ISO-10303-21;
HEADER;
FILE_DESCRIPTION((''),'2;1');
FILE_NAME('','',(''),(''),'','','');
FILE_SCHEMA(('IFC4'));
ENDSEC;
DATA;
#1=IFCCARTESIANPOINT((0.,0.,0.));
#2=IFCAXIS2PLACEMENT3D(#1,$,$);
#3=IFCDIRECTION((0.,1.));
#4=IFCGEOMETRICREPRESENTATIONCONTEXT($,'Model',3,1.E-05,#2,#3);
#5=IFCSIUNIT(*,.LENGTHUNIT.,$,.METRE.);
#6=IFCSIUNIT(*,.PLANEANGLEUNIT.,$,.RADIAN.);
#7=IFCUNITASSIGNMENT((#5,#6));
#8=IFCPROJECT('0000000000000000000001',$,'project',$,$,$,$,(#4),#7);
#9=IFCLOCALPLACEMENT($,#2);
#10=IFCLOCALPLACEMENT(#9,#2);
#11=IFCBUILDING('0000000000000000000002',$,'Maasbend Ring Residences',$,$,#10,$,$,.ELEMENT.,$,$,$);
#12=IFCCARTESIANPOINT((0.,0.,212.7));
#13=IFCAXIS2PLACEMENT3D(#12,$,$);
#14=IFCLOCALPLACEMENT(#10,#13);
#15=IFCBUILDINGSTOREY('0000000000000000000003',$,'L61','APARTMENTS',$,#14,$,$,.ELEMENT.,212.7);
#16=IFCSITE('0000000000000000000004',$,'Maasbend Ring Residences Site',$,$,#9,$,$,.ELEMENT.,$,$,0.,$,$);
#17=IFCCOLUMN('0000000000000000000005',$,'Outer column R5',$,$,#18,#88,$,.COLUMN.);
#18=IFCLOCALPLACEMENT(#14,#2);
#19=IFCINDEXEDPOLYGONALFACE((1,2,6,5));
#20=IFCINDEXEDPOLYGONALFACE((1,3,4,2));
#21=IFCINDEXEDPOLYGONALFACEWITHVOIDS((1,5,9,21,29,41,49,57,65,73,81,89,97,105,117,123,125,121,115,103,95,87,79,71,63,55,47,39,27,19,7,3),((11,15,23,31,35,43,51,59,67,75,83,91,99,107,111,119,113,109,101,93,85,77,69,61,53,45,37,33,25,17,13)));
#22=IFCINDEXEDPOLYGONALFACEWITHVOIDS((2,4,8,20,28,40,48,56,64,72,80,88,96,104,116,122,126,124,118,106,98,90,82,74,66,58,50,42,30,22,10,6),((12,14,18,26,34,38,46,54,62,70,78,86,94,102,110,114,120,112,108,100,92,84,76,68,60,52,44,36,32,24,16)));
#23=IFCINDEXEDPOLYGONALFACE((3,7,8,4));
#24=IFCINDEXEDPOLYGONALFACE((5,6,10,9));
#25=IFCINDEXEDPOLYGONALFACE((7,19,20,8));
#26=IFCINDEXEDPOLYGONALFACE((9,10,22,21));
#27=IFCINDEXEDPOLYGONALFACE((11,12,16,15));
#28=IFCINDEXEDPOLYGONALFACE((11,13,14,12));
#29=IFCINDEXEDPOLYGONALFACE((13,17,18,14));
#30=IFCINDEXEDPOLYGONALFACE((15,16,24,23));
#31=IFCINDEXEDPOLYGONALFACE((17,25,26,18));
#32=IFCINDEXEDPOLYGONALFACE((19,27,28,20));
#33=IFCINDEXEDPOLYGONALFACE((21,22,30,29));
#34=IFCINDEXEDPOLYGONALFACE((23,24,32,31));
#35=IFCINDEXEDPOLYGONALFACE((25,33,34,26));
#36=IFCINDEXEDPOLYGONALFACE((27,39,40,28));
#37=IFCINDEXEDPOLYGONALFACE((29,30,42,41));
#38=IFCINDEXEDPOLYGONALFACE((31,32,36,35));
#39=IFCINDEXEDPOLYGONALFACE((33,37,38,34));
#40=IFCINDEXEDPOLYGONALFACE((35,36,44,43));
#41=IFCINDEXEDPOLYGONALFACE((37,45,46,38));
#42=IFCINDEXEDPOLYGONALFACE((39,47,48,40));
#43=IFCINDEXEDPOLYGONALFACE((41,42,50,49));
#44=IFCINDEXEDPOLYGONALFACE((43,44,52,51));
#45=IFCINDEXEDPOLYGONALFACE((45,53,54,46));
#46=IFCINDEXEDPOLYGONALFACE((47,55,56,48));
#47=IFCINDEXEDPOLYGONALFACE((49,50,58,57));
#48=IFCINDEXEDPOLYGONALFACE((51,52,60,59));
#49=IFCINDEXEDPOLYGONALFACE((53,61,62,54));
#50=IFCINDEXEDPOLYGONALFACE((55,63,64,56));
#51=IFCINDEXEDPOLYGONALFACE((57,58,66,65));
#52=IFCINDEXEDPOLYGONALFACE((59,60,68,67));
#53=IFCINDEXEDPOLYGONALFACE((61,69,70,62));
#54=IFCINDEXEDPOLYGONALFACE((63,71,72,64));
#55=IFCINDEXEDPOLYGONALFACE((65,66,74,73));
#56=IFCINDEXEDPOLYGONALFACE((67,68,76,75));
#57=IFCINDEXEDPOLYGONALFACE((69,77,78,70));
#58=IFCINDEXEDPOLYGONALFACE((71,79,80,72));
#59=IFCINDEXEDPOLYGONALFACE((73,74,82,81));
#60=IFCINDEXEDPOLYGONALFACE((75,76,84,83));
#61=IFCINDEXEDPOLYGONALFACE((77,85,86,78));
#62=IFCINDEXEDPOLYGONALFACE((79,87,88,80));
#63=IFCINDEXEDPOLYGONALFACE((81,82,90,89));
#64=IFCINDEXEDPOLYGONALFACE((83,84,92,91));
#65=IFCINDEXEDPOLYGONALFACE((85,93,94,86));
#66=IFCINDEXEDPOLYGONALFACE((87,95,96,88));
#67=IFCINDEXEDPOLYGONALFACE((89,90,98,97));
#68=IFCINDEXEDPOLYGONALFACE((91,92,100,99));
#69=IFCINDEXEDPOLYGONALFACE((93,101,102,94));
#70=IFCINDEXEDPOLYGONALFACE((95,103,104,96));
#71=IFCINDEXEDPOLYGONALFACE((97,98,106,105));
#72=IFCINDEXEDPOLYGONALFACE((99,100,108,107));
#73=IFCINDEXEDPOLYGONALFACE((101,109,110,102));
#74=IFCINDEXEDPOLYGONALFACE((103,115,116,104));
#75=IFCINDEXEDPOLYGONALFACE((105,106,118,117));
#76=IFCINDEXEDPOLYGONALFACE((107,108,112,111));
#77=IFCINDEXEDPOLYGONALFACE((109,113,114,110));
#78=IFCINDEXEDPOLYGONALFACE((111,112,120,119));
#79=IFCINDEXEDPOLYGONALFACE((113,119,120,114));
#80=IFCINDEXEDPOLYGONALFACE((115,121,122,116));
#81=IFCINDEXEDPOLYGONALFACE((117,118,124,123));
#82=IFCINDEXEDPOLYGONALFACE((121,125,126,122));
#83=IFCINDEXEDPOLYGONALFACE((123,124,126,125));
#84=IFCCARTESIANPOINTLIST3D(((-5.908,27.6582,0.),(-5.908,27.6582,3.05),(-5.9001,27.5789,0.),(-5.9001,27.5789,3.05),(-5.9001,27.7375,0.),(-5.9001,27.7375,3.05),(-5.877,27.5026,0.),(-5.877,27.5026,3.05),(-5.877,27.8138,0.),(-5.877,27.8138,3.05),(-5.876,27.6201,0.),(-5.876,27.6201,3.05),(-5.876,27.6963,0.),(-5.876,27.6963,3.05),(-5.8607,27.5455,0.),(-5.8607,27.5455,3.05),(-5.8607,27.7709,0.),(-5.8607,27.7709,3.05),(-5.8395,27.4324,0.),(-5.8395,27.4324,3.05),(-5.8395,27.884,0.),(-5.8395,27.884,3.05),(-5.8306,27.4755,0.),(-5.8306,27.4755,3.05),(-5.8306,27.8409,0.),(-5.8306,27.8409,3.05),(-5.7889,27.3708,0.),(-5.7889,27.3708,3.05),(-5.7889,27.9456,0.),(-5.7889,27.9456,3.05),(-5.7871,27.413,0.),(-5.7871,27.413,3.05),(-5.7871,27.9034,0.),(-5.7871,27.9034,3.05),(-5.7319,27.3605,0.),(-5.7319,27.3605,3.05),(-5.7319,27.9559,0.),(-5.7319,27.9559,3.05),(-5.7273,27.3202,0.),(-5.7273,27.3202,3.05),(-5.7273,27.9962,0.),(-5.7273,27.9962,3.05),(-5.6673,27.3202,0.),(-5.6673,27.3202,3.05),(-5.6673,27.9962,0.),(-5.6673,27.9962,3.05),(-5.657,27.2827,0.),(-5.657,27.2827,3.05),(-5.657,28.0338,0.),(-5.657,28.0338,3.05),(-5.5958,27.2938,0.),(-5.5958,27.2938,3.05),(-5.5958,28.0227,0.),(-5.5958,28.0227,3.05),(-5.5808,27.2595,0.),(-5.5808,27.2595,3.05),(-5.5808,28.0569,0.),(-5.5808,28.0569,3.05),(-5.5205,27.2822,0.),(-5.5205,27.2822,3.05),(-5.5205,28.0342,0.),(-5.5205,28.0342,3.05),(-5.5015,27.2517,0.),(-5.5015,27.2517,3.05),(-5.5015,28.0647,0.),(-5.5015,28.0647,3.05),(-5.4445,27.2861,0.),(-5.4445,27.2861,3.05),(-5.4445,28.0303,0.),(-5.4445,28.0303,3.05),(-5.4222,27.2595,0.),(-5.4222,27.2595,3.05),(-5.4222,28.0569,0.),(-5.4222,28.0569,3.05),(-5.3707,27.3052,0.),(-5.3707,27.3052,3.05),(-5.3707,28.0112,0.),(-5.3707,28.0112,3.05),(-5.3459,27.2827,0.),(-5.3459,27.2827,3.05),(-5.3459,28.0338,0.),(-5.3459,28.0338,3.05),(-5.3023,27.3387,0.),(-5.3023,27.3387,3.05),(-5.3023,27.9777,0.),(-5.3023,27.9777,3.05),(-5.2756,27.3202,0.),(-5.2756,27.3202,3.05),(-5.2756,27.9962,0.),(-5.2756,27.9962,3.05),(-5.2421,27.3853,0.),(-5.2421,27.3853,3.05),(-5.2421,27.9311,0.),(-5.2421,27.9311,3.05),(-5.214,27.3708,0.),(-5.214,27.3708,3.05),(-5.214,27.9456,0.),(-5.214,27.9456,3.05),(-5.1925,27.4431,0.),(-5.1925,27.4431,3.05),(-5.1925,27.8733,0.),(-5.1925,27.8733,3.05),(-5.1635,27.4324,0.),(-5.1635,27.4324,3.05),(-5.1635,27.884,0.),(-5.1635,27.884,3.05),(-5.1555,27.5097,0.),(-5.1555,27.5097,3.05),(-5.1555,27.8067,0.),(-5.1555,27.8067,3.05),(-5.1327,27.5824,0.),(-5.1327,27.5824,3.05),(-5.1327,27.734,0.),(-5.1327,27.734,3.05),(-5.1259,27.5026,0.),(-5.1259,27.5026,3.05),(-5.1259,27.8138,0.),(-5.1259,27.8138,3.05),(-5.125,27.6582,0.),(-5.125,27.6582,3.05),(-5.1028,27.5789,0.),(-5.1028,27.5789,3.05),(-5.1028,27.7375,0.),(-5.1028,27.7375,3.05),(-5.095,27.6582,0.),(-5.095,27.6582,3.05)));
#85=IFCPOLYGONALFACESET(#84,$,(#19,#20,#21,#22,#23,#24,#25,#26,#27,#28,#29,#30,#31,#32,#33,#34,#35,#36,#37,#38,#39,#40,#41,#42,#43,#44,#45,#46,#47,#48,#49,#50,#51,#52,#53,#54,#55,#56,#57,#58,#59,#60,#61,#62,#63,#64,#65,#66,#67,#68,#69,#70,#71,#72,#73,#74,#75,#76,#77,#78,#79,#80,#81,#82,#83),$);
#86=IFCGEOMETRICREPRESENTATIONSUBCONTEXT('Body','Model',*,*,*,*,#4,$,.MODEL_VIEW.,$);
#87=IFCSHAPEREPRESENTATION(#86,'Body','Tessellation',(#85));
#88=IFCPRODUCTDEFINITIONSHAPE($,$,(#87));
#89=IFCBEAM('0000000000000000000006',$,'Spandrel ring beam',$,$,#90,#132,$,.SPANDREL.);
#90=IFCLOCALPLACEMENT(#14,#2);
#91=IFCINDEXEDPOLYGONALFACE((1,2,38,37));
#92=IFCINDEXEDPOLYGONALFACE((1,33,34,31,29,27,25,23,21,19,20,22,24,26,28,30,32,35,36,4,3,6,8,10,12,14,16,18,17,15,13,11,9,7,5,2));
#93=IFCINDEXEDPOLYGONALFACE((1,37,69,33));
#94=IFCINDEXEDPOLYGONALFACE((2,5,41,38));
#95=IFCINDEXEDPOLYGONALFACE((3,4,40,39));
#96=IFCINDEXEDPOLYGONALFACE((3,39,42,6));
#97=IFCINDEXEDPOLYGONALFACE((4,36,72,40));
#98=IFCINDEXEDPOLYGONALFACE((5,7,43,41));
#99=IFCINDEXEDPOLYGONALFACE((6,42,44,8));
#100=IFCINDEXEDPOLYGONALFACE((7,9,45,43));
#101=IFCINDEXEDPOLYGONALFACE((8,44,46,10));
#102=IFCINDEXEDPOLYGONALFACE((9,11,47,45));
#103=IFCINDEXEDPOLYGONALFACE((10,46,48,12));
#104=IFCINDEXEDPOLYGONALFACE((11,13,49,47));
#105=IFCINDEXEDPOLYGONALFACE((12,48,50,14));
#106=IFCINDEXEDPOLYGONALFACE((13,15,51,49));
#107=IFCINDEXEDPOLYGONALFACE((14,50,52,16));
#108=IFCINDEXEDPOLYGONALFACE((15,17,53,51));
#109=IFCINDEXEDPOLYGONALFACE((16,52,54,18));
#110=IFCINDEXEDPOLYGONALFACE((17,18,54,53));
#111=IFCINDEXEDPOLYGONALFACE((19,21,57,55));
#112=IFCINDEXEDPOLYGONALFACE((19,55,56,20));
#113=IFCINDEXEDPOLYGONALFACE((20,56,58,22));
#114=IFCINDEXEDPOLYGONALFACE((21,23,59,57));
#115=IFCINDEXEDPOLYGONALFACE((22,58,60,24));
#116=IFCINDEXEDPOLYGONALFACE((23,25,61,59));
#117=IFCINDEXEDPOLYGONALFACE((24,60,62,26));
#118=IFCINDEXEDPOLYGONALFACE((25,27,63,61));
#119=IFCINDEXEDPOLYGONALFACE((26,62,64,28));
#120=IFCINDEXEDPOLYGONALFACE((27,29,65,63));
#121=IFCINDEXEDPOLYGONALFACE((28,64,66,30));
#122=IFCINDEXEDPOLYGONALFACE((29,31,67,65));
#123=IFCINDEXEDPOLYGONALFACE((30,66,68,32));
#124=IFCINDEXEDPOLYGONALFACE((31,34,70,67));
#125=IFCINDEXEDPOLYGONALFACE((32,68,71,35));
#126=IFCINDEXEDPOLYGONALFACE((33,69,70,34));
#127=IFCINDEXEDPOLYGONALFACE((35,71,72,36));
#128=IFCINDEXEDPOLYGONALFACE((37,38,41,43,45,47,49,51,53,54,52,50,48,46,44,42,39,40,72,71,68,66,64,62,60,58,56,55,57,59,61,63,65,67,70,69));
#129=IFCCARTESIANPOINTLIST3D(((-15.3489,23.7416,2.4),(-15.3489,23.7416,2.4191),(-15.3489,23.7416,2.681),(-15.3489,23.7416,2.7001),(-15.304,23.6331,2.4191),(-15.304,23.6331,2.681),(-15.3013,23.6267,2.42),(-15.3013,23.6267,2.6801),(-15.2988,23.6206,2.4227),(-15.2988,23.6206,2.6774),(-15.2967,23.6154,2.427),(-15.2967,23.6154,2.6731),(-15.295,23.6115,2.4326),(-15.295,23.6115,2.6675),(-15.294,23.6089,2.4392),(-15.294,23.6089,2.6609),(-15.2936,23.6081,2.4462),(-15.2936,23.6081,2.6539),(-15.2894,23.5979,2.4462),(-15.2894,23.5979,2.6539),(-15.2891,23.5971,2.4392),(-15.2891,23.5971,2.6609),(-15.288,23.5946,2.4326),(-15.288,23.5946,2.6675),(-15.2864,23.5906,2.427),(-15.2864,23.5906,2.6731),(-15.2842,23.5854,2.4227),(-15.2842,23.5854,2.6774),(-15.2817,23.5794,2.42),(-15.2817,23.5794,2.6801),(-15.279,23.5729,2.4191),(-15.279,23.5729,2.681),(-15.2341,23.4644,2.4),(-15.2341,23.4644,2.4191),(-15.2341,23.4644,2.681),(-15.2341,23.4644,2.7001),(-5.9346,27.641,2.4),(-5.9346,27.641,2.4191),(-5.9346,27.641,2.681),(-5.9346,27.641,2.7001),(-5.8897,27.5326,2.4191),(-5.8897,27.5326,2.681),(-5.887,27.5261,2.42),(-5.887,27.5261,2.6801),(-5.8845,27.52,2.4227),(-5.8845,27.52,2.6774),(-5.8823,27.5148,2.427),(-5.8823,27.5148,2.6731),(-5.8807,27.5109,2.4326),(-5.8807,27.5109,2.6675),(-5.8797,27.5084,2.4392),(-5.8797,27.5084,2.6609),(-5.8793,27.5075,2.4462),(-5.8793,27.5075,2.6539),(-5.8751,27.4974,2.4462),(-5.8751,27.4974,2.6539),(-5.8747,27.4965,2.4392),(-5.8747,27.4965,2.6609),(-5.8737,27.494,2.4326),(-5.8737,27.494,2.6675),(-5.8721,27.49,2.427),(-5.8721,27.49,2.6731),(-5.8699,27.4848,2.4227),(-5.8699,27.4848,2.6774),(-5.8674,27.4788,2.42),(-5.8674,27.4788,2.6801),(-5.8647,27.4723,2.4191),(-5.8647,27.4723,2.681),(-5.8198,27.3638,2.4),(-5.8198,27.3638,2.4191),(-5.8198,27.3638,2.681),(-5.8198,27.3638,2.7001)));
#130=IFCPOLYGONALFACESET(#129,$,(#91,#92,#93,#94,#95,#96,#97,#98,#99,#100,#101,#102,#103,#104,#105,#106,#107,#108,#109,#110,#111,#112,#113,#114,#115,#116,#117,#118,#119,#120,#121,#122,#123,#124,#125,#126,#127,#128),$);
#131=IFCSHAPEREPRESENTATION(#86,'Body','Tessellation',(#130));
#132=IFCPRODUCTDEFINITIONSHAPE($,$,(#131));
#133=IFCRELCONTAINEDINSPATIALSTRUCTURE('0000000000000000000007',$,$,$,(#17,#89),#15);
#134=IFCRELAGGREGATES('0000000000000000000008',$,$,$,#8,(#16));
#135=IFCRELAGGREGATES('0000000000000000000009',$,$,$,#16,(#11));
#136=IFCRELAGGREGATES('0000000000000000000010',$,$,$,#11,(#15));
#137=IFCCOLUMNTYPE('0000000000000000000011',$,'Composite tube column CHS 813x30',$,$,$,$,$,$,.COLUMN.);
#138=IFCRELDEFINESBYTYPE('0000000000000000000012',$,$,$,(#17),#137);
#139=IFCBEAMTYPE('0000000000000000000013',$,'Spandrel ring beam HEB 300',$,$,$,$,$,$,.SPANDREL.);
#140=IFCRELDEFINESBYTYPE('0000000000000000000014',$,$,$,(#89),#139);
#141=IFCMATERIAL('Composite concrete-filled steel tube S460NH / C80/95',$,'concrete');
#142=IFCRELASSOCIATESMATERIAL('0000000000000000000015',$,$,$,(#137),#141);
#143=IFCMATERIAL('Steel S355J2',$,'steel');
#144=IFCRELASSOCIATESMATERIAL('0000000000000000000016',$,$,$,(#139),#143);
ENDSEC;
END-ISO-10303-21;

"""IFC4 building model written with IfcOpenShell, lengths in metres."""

from ifc_helpers import new_model, si_unit, direction, frame, origin, origin_2d, place, context, subcontext, project, spatial, hollow_circle, i_section, extrude, material, material_profile, profile_set, type_object, element, save


model = new_model("IFC4")

# Units and contexts
model_context = context("Model", 3, precision=1e-05, world=origin(), true_north=direction((0.0, 1.0)))
body_context = subcontext(model_context, "Body", "Model", "MODEL_VIEW")
ifc_project = project(units=[si_unit("LENGTHUNIT", "METRE"), si_unit("PLANEANGLEUNIT", "RADIAN")], contexts=[model_context])

# Site, building, storey
site_placement = place(None, origin())
site = spatial("IfcSite", under=ifc_project, at=site_placement, Name="Maasbend Ring Residences Site", CompositionType="ELEMENT", RefElevation=0.0)
building_placement = place(site_placement, origin())
building = spatial("IfcBuilding", under=site, at=building_placement, Name="Maasbend Ring Residences", CompositionType="ELEMENT")
storey_placement = place(building_placement, frame((0.0, 0.0, 212.7)))
storey = spatial("IfcBuildingStorey", under=building, at=storey_placement, Name="L61", Description="APARTMENTS", CompositionType="ELEMENT", Elevation=212.7)

# Column
ifc_material_1 = material(Name="Composite concrete-filled steel tube S460NH / C80/95", Category="concrete")
ifc_material_profile_1 = material_profile(ifc_material_1, hollow_circle(Radius=0.4065, WallThickness=0.03, at=origin_2d()), Name="Composite tube column CHS 813x30")
ifc_profile_set_1 = profile_set([ifc_material_profile_1], Name="Composite concrete-filled steel tube S460NH / C80/95")
column_type = type_object("IfcColumnType", Name="Composite tube column CHS 813x30", PredefinedType="COLUMN", material=ifc_profile_set_1)
column_placement = place(storey_placement, frame((-5.5015, 27.6582, 0.0), z_axis=(0.0, 0.0, 1.0), x_axis=(1.0, 0.0, 0.0)))
element("IfcColumn", 1, at=column_placement, inside=storey, type_object=column_type, Name="Outer column R5", PredefinedType="COLUMN", context=body_context, shape_type="SweptSolid", body=[
    extrude(hollow_circle(Radius=0.4065, WallThickness=0.03, at=origin_2d()), origin(), (0.0, 0.0, 1.0), 3.05),
])

# Beam
ifc_material_2 = material(Name="Steel S355J2", Category="steel")
ifc_material_profile_2 = material_profile(ifc_material_2, i_section(OverallWidth=0.3, OverallDepth=0.3, WebThickness=0.011, FlangeThickness=0.019, FilletRadius=0.0271, at=origin_2d()), Name="HEB 300")
ifc_profile_set_2 = profile_set([ifc_material_profile_2], Name="Steel S355J2")
beam_type = type_object("IfcBeamType", Name="Spandrel ring beam HEB 300", PredefinedType="SPANDREL", material=ifc_profile_set_2)
beam_placement = place(storey_placement, frame((-5.8772, 27.5024, 2.55), z_axis=(-0.923884, -0.382673, 0.0), x_axis=(0.382673, -0.923884, 0.0)))
element("IfcBeam", 2, at=beam_placement, inside=storey, type_object=beam_type, Name="Spandrel ring beam", PredefinedType="SPANDREL", context=body_context, shape_type="SweptSolid", body=[
    extrude(i_section(OverallWidth=0.3, OverallDepth=0.3, WebThickness=0.011, FlangeThickness=0.019, FilletRadius=0.0271, at=origin_2d()), origin(), (0.0, 0.0, 1.0), 10.1899),
])

save(model, "model.ifc")
